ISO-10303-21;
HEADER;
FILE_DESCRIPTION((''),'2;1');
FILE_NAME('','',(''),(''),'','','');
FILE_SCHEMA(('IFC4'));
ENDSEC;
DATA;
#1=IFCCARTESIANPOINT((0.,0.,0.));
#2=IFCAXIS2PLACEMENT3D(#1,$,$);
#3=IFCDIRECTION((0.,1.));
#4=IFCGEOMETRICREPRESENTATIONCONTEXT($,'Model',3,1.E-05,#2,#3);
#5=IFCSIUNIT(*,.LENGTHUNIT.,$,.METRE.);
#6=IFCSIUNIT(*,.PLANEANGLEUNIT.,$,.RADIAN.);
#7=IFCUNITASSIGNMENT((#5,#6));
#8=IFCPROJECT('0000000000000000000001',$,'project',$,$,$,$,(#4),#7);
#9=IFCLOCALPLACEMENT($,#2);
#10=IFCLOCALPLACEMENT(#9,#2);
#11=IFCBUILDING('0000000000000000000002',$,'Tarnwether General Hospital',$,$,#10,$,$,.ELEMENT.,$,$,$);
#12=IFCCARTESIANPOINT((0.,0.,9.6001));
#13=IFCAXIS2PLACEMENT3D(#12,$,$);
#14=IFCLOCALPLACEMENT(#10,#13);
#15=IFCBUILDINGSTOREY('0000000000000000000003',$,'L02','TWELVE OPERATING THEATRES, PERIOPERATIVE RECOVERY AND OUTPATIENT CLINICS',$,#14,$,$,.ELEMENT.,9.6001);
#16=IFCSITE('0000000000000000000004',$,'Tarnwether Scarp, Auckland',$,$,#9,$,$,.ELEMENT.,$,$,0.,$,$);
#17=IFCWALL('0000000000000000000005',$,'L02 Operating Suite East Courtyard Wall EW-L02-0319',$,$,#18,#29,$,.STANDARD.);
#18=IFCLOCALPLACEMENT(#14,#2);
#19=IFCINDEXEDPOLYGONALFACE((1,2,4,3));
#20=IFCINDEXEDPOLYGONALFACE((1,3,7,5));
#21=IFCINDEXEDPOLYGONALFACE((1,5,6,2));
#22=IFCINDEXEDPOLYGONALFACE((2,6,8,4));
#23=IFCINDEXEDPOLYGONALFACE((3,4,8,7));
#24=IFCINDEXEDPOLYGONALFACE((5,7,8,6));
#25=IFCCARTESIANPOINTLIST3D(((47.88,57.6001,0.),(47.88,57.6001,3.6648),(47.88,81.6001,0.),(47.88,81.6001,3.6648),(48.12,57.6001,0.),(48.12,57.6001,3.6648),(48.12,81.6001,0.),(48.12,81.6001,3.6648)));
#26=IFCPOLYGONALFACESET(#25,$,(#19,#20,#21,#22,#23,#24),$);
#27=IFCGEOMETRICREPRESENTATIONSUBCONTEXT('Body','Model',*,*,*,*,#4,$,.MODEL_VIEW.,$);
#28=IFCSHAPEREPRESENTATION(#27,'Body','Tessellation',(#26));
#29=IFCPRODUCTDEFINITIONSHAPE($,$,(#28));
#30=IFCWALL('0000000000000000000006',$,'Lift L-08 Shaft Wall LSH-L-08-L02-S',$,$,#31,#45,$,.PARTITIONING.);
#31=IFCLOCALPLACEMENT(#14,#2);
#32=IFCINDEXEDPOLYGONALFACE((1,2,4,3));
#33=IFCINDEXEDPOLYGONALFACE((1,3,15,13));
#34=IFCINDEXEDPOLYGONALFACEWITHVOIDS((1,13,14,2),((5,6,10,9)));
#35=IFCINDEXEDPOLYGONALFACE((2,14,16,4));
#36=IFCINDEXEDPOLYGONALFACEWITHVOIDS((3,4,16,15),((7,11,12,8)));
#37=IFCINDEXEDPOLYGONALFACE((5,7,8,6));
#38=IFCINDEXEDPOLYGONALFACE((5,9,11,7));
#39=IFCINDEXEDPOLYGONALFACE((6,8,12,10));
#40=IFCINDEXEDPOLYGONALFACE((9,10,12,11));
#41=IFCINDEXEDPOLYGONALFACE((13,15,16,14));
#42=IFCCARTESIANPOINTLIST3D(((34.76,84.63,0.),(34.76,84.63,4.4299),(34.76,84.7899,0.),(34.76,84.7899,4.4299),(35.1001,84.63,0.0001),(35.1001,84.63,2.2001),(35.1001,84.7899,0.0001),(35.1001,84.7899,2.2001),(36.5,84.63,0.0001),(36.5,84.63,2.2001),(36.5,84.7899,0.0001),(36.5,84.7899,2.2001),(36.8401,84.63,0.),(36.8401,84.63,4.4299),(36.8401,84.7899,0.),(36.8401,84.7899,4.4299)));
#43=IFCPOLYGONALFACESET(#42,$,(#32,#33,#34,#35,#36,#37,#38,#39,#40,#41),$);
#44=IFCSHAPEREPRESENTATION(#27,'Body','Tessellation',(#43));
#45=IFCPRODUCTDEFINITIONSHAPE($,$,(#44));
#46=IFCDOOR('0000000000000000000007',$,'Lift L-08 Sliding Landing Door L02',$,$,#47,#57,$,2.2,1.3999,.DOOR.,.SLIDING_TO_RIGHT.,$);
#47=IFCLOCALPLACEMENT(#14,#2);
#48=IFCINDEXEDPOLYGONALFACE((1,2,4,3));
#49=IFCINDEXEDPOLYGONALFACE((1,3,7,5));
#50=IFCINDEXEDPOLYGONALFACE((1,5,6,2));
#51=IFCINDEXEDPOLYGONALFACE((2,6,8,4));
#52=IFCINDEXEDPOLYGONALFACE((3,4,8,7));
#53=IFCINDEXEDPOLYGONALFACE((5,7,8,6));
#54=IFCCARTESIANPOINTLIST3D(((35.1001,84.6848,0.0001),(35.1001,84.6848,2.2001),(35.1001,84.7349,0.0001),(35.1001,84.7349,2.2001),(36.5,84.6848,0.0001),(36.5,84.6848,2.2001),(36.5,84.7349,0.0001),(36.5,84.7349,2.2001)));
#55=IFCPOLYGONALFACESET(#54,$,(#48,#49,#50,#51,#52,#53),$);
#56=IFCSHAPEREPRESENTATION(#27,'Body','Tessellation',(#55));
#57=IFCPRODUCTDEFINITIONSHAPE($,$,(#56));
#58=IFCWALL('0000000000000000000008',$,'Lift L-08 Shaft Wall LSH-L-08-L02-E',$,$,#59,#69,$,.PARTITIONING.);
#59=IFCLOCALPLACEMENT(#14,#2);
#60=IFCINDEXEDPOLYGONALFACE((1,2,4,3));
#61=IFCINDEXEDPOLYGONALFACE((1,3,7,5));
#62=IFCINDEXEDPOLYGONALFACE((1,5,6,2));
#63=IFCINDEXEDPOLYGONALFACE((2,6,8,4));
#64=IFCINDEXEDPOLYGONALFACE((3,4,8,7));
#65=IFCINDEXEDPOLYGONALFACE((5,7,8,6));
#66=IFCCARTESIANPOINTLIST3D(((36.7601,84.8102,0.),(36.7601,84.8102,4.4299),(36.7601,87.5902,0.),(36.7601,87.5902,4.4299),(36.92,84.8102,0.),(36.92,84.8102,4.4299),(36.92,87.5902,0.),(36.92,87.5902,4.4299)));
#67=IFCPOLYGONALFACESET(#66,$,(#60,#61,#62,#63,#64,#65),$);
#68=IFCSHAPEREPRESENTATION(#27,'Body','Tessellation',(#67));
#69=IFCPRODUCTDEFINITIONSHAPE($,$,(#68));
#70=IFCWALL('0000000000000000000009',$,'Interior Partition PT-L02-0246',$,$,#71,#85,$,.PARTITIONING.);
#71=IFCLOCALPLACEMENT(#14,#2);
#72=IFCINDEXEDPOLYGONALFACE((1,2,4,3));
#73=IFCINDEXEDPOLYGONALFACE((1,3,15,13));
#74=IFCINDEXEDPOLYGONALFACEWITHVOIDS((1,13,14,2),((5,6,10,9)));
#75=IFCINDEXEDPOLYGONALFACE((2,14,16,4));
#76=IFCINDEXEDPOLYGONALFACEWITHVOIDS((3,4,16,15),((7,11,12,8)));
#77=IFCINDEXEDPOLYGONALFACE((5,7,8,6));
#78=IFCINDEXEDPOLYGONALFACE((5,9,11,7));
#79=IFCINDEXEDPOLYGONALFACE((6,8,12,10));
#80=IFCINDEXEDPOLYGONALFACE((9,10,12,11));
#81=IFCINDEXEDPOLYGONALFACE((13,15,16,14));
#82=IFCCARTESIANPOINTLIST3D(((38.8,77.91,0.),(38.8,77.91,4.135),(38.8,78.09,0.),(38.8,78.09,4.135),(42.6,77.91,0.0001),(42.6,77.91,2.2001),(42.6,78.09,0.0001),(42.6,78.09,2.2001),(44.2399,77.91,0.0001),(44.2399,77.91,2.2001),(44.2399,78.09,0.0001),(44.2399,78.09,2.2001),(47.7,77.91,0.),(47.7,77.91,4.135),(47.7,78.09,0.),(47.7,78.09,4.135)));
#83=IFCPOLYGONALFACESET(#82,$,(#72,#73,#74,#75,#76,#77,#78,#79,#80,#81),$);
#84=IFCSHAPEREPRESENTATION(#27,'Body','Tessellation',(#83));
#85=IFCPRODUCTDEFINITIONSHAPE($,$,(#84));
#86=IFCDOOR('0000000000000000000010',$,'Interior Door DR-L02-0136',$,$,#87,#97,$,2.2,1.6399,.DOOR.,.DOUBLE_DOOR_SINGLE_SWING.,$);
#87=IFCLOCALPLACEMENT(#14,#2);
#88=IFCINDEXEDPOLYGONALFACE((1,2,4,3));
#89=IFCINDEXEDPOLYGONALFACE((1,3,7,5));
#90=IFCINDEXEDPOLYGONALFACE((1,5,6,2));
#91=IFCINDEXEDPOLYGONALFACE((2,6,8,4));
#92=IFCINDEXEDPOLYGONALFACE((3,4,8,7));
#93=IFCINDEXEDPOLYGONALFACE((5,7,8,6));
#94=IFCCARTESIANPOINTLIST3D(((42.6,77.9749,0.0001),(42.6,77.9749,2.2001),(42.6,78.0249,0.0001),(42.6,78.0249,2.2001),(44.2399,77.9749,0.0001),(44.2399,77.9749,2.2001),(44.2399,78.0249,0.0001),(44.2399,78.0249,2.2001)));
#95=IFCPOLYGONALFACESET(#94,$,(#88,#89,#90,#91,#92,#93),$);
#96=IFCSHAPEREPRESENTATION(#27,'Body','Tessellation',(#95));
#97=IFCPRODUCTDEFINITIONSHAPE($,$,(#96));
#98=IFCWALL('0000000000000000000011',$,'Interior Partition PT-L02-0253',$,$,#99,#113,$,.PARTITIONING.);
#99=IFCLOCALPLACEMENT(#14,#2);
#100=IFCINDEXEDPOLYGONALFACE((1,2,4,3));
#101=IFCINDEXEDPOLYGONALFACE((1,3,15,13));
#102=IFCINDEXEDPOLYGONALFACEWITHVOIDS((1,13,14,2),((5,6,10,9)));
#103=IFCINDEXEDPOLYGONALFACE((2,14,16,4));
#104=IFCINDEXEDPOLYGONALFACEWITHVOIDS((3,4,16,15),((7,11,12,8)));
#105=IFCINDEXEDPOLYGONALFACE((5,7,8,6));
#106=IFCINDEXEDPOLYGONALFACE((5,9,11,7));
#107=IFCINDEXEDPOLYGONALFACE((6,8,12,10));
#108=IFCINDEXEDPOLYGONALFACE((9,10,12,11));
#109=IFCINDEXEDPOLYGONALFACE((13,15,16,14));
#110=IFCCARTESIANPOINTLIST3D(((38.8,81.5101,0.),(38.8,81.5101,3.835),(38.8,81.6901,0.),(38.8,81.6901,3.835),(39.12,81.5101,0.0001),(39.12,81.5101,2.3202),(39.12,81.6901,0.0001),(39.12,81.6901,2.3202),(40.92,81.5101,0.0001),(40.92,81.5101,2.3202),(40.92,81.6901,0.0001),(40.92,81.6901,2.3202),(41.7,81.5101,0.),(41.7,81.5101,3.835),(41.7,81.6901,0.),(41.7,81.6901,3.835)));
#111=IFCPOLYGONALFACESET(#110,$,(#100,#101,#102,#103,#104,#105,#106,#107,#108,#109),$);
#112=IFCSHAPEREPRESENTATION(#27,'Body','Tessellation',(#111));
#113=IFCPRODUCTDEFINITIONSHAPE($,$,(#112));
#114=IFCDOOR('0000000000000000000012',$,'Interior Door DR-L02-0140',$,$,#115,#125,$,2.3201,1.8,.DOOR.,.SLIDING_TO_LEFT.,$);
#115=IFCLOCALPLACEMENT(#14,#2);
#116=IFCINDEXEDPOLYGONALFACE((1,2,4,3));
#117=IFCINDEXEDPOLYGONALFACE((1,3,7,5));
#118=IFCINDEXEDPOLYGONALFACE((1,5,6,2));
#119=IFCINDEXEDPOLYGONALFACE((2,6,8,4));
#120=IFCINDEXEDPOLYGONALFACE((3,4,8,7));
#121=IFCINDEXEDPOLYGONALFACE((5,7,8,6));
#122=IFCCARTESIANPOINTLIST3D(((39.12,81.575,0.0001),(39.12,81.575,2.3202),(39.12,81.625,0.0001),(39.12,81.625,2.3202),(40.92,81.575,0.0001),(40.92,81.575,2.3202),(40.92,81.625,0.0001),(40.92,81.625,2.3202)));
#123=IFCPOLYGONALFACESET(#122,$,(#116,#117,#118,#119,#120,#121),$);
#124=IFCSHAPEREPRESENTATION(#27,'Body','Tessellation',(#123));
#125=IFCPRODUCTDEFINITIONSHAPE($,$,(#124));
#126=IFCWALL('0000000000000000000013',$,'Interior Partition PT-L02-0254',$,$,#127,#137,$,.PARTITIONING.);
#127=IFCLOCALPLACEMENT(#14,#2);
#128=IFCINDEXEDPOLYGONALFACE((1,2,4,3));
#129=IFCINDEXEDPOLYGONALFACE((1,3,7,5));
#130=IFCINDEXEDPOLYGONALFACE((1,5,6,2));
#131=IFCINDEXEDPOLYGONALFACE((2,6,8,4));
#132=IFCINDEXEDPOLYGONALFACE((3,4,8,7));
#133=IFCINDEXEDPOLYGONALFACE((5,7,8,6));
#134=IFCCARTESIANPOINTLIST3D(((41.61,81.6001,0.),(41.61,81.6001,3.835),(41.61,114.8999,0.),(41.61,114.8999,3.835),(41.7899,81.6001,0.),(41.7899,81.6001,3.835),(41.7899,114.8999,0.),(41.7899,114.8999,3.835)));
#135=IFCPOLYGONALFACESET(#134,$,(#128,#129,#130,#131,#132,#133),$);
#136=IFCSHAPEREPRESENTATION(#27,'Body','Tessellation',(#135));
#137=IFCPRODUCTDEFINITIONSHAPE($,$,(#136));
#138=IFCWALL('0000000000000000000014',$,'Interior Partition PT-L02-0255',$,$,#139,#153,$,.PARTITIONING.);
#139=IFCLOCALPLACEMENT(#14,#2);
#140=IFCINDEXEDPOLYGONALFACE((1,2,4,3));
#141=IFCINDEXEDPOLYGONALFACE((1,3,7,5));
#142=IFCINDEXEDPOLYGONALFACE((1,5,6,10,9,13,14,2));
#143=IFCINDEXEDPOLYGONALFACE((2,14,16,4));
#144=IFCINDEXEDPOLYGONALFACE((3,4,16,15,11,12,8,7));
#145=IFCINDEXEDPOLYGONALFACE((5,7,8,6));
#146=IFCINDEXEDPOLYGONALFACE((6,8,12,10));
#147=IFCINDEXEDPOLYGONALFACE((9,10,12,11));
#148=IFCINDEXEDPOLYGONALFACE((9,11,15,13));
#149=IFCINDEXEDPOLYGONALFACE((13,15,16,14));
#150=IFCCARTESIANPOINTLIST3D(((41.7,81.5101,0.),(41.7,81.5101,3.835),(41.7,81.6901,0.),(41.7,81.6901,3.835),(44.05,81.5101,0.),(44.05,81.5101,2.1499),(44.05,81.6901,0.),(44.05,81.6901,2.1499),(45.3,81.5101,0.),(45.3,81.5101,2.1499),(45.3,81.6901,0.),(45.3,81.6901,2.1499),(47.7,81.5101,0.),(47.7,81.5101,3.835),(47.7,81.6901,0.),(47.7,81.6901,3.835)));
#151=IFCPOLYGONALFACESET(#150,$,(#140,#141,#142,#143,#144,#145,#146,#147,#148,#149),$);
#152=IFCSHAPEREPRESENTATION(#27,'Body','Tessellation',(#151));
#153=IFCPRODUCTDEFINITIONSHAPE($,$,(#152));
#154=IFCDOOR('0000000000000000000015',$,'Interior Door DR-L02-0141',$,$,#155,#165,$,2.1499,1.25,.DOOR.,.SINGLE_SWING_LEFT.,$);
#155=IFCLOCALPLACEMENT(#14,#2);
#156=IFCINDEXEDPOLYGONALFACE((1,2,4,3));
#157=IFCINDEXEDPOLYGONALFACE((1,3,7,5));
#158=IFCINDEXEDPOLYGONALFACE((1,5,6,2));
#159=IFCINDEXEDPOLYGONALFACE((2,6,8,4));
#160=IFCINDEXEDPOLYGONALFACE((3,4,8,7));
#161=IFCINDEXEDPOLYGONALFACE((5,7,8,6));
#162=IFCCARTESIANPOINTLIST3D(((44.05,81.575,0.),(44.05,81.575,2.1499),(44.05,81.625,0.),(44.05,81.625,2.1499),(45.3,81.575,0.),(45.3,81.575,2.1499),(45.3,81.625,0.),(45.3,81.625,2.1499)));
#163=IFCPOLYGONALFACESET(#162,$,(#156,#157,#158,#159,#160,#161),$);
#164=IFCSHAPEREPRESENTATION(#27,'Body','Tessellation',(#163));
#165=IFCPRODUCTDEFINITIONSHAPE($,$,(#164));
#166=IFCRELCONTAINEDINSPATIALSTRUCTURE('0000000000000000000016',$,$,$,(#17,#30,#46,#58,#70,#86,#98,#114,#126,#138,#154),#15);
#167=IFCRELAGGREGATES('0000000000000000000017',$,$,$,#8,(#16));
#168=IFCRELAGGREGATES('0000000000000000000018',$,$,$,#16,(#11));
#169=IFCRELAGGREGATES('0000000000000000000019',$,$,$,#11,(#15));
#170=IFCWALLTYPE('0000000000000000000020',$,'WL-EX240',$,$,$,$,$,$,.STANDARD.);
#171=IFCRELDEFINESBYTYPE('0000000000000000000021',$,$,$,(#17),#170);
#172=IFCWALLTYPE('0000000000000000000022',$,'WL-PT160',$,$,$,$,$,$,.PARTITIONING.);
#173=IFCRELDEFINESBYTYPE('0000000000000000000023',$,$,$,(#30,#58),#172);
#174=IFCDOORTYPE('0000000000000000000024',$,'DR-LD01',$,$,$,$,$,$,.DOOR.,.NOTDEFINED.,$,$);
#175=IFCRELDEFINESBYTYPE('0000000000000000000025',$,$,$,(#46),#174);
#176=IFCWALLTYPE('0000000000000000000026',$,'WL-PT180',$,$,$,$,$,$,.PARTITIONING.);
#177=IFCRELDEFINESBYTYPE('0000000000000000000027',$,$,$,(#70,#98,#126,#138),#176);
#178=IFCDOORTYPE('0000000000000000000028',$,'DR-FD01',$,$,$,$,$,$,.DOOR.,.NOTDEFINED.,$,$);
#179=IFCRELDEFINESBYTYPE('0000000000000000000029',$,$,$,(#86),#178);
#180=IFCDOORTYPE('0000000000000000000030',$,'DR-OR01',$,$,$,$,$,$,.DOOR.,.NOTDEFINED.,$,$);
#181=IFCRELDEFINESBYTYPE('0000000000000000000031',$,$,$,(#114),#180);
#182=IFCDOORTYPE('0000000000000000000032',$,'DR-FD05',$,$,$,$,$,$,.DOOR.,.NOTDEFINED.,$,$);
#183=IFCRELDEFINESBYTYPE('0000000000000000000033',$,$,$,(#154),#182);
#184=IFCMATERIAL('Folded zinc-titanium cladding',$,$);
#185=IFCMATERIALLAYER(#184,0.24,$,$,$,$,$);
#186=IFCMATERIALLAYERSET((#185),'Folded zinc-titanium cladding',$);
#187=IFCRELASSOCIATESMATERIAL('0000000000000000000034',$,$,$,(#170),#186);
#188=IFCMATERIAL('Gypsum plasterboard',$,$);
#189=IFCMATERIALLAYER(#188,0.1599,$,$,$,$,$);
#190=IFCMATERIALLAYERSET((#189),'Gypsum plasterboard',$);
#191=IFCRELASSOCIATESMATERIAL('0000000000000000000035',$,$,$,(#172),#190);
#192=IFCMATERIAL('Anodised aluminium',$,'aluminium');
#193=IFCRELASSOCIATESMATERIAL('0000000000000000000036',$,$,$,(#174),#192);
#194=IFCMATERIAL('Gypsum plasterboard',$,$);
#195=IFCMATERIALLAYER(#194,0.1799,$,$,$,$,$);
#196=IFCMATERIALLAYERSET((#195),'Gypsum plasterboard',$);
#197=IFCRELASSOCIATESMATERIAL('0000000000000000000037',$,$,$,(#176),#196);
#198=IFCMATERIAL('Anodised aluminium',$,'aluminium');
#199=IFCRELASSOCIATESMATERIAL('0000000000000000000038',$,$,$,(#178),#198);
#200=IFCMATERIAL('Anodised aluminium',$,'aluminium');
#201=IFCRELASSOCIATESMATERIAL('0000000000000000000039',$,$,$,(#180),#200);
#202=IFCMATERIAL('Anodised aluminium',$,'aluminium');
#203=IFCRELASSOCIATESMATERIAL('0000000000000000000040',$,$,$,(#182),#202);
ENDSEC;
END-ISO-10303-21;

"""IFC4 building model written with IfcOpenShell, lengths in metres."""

from ifc_helpers import new_model, si_unit, direction, frame, frame_2d, origin, place, context, subcontext, project, spatial, rectangle, extrude, material, layer, layer_set, type_object, element, fill, save


model = new_model("IFC4")

# Units and contexts
model_context = context("Model", 3, precision=1e-05, world=origin(), true_north=direction((0.0, 1.0)))
body_context = subcontext(model_context, "Body", "Model", "MODEL_VIEW")
ifc_project = project(units=[si_unit("LENGTHUNIT", "METRE"), si_unit("PLANEANGLEUNIT", "RADIAN")], contexts=[model_context])

# Site, building, storey
site_placement = place(None, origin())
site = spatial("IfcSite", under=ifc_project, at=site_placement, Name="Tarnwether Scarp, Auckland", CompositionType="ELEMENT", RefElevation=0.0)
building_placement = place(site_placement, origin())
building = spatial("IfcBuilding", under=site, at=building_placement, Name="Tarnwether General Hospital", CompositionType="ELEMENT")
storey_placement = place(building_placement, frame((0.0, 0.0, 9.6001)))
storey = spatial("IfcBuildingStorey", under=building, at=storey_placement, Name="L02", Description="TWELVE OPERATING THEATRES, PERIOPERATIVE RECOVERY AND OUTPATIENT CLINICS", CompositionType="ELEMENT", Elevation=9.6001)

# Wall
ifc_material_1 = material(Name="Folded zinc-titanium cladding")
ifc_layer_1 = layer(ifc_material_1, 0.24)
ifc_layer_set_1 = layer_set([ifc_layer_1], Name="Folded zinc-titanium cladding")
wall_type_1 = type_object("IfcWallType", Name="WL-EX240", PredefinedType="STANDARD", material=ifc_layer_set_1)
wall_1_placement = place(storey_placement, frame((48.0, 81.6001, 0.0), z_axis=(0.0, 0.0, 1.0), x_axis=(0.0, -1.0, 0.0)))
element("IfcWall", 1, at=wall_1_placement, inside=storey, type_object=wall_type_1, Name="L02 Operating Suite East Courtyard Wall EW-L02-0319", PredefinedType="STANDARD", context=body_context, shape_type="SweptSolid", body=[
    extrude(rectangle(XDim=24.0, YDim=0.24, at=frame_2d((12.0, 0.0))), origin(), (0.0, 0.0, 1.0), 3.6648),
])

# Wall, opening, door
ifc_material_2 = material(Name="Gypsum plasterboard")
ifc_layer_2 = layer(ifc_material_2, 0.1599)
ifc_layer_set_2 = layer_set([ifc_layer_2], Name="Gypsum plasterboard")
wall_type_2 = type_object("IfcWallType", Name="WL-PT160", PredefinedType="PARTITIONING", material=ifc_layer_set_2)
wall_2_placement = place(storey_placement, frame((34.76, 84.71, 0.0), z_axis=(0.0, 0.0, 1.0), x_axis=(1.0, 0.0, 0.0)))
wall_2 = element("IfcWall", 2, at=wall_2_placement, inside=storey, type_object=wall_type_2, Name="Lift L-08 Shaft Wall LSH-L-08-L02-S", PredefinedType="PARTITIONING", context=body_context, shape_type="SweptSolid", body=[
    extrude(rectangle(XDim=2.0801, YDim=0.1599, at=frame_2d((1.04, 0.0))), origin(), (0.0, 0.0, 1.0), 4.4299),
])
opening_1_placement = place(wall_2_placement, frame((0.3401, 0.0, 0.0)))
opening_1 = element("IfcOpeningElement", 3, at=opening_1_placement, cuts=wall_2, PredefinedType="OPENING", context=body_context, shape_type="SweptSolid", body=[
    extrude(rectangle(XDim=1.3999, YDim=2.2, at=frame_2d((0.7, 1.1001))), frame((0.0, 0.0898, 0.0), z_axis=(0.0, -1.0, 0.0), x_axis=(1.0, 0.0, 0.0)), (0.0, 0.0, 1.0), 0.1799),
])
ifc_material_3 = material(Name="Anodised aluminium", Category="aluminium")
door_type_1 = type_object("IfcDoorType", Name="DR-LD01", OperationType="NOTDEFINED", PredefinedType="DOOR", material=ifc_material_3)
door_1_placement = place(opening_1_placement, origin())
door_1 = element("IfcDoor", 4, at=door_1_placement, inside=storey, type_object=door_type_1, Name="Lift L-08 Sliding Landing Door L02", OperationType="SLIDING_TO_RIGHT", OverallHeight=2.2, OverallWidth=1.3999, PredefinedType="DOOR", context=body_context, shape_type="SweptSolid", body=[
    extrude(rectangle(XDim=1.3999, YDim=2.2, at=frame_2d((0.7, 1.1001))), frame((0.0, 0.0249, 0.0), z_axis=(0.0, -1.0, 0.0), x_axis=(1.0, 0.0, 0.0)), (0.0, 0.0, 1.0), 0.05),
])
fill(opening_1, door_1)

# Wall
wall_3_placement = place(storey_placement, frame((36.8401, 84.8101, 0.0), z_axis=(0.0, 0.0, 1.0), x_axis=(0.0, 1.0, 0.0)))
element("IfcWall", 5, at=wall_3_placement, inside=storey, type_object=wall_type_2, Name="Lift L-08 Shaft Wall LSH-L-08-L02-E", PredefinedType="PARTITIONING", context=body_context, shape_type="SweptSolid", body=[
    extrude(rectangle(XDim=2.78, YDim=0.1599, at=frame_2d((1.3901, 0.0))), origin(), (0.0, 0.0, 1.0), 4.4299),
])

# Walls, openings, doors
ifc_material_4 = material(Name="Gypsum plasterboard")
ifc_layer_3 = layer(ifc_material_4, 0.1799)
ifc_layer_set_3 = layer_set([ifc_layer_3], Name="Gypsum plasterboard")
wall_type_3 = type_object("IfcWallType", Name="WL-PT180", PredefinedType="PARTITIONING", material=ifc_layer_set_3)
wall_4_placement = place(storey_placement, frame((38.8, 78.0, 0.0), z_axis=(0.0, 0.0, 1.0), x_axis=(1.0, 0.0, 0.0)))
wall_4 = element("IfcWall", 6, at=wall_4_placement, inside=storey, type_object=wall_type_3, Name="Interior Partition PT-L02-0246", PredefinedType="PARTITIONING", context=body_context, shape_type="SweptSolid", body=[
    extrude(rectangle(XDim=8.8999, YDim=0.1799, at=frame_2d((4.45, 0.0))), origin(), (0.0, 0.0, 1.0), 4.135),
])
opening_2_placement = place(wall_4_placement, frame((3.8, 0.0, 0.0)))
opening_2 = element("IfcOpeningElement", 7, at=opening_2_placement, cuts=wall_4, PredefinedType="OPENING", context=body_context, shape_type="SweptSolid", body=[
    extrude(rectangle(XDim=1.6399, YDim=2.2, at=frame_2d((0.8198, 1.1001))), frame((0.0, 0.1001, 0.0), z_axis=(0.0, -1.0, 0.0), x_axis=(1.0, 0.0, 0.0)), (0.0, 0.0, 1.0), 0.2),
])
ifc_material_5 = material(Name="Anodised aluminium", Category="aluminium")
door_type_2 = type_object("IfcDoorType", Name="DR-FD01", OperationType="NOTDEFINED", PredefinedType="DOOR", material=ifc_material_5)
door_2_placement = place(opening_2_placement, origin())
door_2 = element("IfcDoor", 8, at=door_2_placement, inside=storey, type_object=door_type_2, Name="Interior Door DR-L02-0136", OperationType="DOUBLE_DOOR_SINGLE_SWING", OverallHeight=2.2, OverallWidth=1.6399, PredefinedType="DOOR", context=body_context, shape_type="SweptSolid", body=[
    extrude(rectangle(XDim=1.6399, YDim=2.2, at=frame_2d((0.8198, 1.1001))), frame((0.0, 0.0249, 0.0), z_axis=(0.0, -1.0, 0.0), x_axis=(1.0, 0.0, 0.0)), (0.0, 0.0, 1.0), 0.05),
])
fill(opening_2, door_2)
wall_5_placement = place(storey_placement, frame((38.8, 81.6001, 0.0), z_axis=(0.0, 0.0, 1.0), x_axis=(1.0, 0.0, 0.0)))
wall_5 = element("IfcWall", 9, at=wall_5_placement, inside=storey, type_object=wall_type_3, Name="Interior Partition PT-L02-0253", PredefinedType="PARTITIONING", context=body_context, shape_type="SweptSolid", body=[
    extrude(rectangle(XDim=2.8999, YDim=0.1799, at=frame_2d((1.45, 0.0))), origin(), (0.0, 0.0, 1.0), 3.835),
])
opening_3_placement = place(wall_5_placement, frame((0.3201, 0.0, 0.0)))
opening_3 = element("IfcOpeningElement", 10, at=opening_3_placement, cuts=wall_5, PredefinedType="OPENING", context=body_context, shape_type="SweptSolid", body=[
    extrude(rectangle(XDim=1.8, YDim=2.3201, at=frame_2d((0.8999, 1.1602))), frame((0.0, 0.1001, 0.0), z_axis=(0.0, -1.0, 0.0), x_axis=(1.0, 0.0, 0.0)), (0.0, 0.0, 1.0), 0.2),
])
ifc_material_6 = material(Name="Anodised aluminium", Category="aluminium")
door_type_3 = type_object("IfcDoorType", Name="DR-OR01", OperationType="NOTDEFINED", PredefinedType="DOOR", material=ifc_material_6)
door_3_placement = place(opening_3_placement, origin())
door_3 = element("IfcDoor", 11, at=door_3_placement, inside=storey, type_object=door_type_3, Name="Interior Door DR-L02-0140", OperationType="SLIDING_TO_LEFT", OverallHeight=2.3201, OverallWidth=1.8, PredefinedType="DOOR", context=body_context, shape_type="SweptSolid", body=[
    extrude(rectangle(XDim=1.8, YDim=2.3201, at=frame_2d((0.8999, 1.1602))), frame((0.0, 0.0249, 0.0), z_axis=(0.0, -1.0, 0.0), x_axis=(1.0, 0.0, 0.0)), (0.0, 0.0, 1.0), 0.05),
])
fill(opening_3, door_3)

# Wall
wall_6_placement = place(storey_placement, frame((41.7, 81.6001, 0.0), z_axis=(0.0, 0.0, 1.0), x_axis=(0.0, 1.0, 0.0)))
element("IfcWall", 12, at=wall_6_placement, inside=storey, type_object=wall_type_3, Name="Interior Partition PT-L02-0254", PredefinedType="PARTITIONING", context=body_context, shape_type="SweptSolid", body=[
    extrude(rectangle(XDim=33.2998, YDim=0.1799, at=frame_2d((16.6499, 0.0))), origin(), (0.0, 0.0, 1.0), 3.835),
])

# Wall, opening, door
wall_7_placement = place(storey_placement, frame((41.7, 81.6001, 0.0), z_axis=(0.0, 0.0, 1.0), x_axis=(1.0, 0.0, 0.0)))
wall_7 = element("IfcWall", 13, at=wall_7_placement, inside=storey, type_object=wall_type_3, Name="Interior Partition PT-L02-0255", PredefinedType="PARTITIONING", context=body_context, shape_type="SweptSolid", body=[
    extrude(rectangle(XDim=6.0, YDim=0.1799, at=frame_2d((3.0, 0.0))), origin(), (0.0, 0.0, 1.0), 3.835),
])
opening_4_placement = place(wall_7_placement, frame((2.3501, 0.0, 0.0)))
opening_4 = element("IfcOpeningElement", 14, at=opening_4_placement, cuts=wall_7, PredefinedType="OPENING", context=body_context, shape_type="SweptSolid", body=[
    extrude(rectangle(XDim=1.25, YDim=2.1499, at=frame_2d((0.625, 1.075))), frame((0.0, 0.1001, 0.0), z_axis=(0.0, -1.0, 0.0), x_axis=(1.0, 0.0, 0.0)), (0.0, 0.0, 1.0), 0.2),
])
ifc_material_7 = material(Name="Anodised aluminium", Category="aluminium")
door_type_4 = type_object("IfcDoorType", Name="DR-FD05", OperationType="NOTDEFINED", PredefinedType="DOOR", material=ifc_material_7)
door_4_placement = place(opening_4_placement, origin())
door_4 = element("IfcDoor", 15, at=door_4_placement, inside=storey, type_object=door_type_4, Name="Interior Door DR-L02-0141", OperationType="SINGLE_SWING_LEFT", OverallHeight=2.1499, OverallWidth=1.25, PredefinedType="DOOR", context=body_context, shape_type="SweptSolid", body=[
    extrude(rectangle(XDim=1.25, YDim=2.1499, at=frame_2d((0.625, 1.075))), frame((0.0, 0.0249, 0.0), z_axis=(0.0, -1.0, 0.0), x_axis=(1.0, 0.0, 0.0)), (0.0, 0.0, 1.0), 0.05),
])
fill(opening_4, door_4)

save(model, "model.ifc")
